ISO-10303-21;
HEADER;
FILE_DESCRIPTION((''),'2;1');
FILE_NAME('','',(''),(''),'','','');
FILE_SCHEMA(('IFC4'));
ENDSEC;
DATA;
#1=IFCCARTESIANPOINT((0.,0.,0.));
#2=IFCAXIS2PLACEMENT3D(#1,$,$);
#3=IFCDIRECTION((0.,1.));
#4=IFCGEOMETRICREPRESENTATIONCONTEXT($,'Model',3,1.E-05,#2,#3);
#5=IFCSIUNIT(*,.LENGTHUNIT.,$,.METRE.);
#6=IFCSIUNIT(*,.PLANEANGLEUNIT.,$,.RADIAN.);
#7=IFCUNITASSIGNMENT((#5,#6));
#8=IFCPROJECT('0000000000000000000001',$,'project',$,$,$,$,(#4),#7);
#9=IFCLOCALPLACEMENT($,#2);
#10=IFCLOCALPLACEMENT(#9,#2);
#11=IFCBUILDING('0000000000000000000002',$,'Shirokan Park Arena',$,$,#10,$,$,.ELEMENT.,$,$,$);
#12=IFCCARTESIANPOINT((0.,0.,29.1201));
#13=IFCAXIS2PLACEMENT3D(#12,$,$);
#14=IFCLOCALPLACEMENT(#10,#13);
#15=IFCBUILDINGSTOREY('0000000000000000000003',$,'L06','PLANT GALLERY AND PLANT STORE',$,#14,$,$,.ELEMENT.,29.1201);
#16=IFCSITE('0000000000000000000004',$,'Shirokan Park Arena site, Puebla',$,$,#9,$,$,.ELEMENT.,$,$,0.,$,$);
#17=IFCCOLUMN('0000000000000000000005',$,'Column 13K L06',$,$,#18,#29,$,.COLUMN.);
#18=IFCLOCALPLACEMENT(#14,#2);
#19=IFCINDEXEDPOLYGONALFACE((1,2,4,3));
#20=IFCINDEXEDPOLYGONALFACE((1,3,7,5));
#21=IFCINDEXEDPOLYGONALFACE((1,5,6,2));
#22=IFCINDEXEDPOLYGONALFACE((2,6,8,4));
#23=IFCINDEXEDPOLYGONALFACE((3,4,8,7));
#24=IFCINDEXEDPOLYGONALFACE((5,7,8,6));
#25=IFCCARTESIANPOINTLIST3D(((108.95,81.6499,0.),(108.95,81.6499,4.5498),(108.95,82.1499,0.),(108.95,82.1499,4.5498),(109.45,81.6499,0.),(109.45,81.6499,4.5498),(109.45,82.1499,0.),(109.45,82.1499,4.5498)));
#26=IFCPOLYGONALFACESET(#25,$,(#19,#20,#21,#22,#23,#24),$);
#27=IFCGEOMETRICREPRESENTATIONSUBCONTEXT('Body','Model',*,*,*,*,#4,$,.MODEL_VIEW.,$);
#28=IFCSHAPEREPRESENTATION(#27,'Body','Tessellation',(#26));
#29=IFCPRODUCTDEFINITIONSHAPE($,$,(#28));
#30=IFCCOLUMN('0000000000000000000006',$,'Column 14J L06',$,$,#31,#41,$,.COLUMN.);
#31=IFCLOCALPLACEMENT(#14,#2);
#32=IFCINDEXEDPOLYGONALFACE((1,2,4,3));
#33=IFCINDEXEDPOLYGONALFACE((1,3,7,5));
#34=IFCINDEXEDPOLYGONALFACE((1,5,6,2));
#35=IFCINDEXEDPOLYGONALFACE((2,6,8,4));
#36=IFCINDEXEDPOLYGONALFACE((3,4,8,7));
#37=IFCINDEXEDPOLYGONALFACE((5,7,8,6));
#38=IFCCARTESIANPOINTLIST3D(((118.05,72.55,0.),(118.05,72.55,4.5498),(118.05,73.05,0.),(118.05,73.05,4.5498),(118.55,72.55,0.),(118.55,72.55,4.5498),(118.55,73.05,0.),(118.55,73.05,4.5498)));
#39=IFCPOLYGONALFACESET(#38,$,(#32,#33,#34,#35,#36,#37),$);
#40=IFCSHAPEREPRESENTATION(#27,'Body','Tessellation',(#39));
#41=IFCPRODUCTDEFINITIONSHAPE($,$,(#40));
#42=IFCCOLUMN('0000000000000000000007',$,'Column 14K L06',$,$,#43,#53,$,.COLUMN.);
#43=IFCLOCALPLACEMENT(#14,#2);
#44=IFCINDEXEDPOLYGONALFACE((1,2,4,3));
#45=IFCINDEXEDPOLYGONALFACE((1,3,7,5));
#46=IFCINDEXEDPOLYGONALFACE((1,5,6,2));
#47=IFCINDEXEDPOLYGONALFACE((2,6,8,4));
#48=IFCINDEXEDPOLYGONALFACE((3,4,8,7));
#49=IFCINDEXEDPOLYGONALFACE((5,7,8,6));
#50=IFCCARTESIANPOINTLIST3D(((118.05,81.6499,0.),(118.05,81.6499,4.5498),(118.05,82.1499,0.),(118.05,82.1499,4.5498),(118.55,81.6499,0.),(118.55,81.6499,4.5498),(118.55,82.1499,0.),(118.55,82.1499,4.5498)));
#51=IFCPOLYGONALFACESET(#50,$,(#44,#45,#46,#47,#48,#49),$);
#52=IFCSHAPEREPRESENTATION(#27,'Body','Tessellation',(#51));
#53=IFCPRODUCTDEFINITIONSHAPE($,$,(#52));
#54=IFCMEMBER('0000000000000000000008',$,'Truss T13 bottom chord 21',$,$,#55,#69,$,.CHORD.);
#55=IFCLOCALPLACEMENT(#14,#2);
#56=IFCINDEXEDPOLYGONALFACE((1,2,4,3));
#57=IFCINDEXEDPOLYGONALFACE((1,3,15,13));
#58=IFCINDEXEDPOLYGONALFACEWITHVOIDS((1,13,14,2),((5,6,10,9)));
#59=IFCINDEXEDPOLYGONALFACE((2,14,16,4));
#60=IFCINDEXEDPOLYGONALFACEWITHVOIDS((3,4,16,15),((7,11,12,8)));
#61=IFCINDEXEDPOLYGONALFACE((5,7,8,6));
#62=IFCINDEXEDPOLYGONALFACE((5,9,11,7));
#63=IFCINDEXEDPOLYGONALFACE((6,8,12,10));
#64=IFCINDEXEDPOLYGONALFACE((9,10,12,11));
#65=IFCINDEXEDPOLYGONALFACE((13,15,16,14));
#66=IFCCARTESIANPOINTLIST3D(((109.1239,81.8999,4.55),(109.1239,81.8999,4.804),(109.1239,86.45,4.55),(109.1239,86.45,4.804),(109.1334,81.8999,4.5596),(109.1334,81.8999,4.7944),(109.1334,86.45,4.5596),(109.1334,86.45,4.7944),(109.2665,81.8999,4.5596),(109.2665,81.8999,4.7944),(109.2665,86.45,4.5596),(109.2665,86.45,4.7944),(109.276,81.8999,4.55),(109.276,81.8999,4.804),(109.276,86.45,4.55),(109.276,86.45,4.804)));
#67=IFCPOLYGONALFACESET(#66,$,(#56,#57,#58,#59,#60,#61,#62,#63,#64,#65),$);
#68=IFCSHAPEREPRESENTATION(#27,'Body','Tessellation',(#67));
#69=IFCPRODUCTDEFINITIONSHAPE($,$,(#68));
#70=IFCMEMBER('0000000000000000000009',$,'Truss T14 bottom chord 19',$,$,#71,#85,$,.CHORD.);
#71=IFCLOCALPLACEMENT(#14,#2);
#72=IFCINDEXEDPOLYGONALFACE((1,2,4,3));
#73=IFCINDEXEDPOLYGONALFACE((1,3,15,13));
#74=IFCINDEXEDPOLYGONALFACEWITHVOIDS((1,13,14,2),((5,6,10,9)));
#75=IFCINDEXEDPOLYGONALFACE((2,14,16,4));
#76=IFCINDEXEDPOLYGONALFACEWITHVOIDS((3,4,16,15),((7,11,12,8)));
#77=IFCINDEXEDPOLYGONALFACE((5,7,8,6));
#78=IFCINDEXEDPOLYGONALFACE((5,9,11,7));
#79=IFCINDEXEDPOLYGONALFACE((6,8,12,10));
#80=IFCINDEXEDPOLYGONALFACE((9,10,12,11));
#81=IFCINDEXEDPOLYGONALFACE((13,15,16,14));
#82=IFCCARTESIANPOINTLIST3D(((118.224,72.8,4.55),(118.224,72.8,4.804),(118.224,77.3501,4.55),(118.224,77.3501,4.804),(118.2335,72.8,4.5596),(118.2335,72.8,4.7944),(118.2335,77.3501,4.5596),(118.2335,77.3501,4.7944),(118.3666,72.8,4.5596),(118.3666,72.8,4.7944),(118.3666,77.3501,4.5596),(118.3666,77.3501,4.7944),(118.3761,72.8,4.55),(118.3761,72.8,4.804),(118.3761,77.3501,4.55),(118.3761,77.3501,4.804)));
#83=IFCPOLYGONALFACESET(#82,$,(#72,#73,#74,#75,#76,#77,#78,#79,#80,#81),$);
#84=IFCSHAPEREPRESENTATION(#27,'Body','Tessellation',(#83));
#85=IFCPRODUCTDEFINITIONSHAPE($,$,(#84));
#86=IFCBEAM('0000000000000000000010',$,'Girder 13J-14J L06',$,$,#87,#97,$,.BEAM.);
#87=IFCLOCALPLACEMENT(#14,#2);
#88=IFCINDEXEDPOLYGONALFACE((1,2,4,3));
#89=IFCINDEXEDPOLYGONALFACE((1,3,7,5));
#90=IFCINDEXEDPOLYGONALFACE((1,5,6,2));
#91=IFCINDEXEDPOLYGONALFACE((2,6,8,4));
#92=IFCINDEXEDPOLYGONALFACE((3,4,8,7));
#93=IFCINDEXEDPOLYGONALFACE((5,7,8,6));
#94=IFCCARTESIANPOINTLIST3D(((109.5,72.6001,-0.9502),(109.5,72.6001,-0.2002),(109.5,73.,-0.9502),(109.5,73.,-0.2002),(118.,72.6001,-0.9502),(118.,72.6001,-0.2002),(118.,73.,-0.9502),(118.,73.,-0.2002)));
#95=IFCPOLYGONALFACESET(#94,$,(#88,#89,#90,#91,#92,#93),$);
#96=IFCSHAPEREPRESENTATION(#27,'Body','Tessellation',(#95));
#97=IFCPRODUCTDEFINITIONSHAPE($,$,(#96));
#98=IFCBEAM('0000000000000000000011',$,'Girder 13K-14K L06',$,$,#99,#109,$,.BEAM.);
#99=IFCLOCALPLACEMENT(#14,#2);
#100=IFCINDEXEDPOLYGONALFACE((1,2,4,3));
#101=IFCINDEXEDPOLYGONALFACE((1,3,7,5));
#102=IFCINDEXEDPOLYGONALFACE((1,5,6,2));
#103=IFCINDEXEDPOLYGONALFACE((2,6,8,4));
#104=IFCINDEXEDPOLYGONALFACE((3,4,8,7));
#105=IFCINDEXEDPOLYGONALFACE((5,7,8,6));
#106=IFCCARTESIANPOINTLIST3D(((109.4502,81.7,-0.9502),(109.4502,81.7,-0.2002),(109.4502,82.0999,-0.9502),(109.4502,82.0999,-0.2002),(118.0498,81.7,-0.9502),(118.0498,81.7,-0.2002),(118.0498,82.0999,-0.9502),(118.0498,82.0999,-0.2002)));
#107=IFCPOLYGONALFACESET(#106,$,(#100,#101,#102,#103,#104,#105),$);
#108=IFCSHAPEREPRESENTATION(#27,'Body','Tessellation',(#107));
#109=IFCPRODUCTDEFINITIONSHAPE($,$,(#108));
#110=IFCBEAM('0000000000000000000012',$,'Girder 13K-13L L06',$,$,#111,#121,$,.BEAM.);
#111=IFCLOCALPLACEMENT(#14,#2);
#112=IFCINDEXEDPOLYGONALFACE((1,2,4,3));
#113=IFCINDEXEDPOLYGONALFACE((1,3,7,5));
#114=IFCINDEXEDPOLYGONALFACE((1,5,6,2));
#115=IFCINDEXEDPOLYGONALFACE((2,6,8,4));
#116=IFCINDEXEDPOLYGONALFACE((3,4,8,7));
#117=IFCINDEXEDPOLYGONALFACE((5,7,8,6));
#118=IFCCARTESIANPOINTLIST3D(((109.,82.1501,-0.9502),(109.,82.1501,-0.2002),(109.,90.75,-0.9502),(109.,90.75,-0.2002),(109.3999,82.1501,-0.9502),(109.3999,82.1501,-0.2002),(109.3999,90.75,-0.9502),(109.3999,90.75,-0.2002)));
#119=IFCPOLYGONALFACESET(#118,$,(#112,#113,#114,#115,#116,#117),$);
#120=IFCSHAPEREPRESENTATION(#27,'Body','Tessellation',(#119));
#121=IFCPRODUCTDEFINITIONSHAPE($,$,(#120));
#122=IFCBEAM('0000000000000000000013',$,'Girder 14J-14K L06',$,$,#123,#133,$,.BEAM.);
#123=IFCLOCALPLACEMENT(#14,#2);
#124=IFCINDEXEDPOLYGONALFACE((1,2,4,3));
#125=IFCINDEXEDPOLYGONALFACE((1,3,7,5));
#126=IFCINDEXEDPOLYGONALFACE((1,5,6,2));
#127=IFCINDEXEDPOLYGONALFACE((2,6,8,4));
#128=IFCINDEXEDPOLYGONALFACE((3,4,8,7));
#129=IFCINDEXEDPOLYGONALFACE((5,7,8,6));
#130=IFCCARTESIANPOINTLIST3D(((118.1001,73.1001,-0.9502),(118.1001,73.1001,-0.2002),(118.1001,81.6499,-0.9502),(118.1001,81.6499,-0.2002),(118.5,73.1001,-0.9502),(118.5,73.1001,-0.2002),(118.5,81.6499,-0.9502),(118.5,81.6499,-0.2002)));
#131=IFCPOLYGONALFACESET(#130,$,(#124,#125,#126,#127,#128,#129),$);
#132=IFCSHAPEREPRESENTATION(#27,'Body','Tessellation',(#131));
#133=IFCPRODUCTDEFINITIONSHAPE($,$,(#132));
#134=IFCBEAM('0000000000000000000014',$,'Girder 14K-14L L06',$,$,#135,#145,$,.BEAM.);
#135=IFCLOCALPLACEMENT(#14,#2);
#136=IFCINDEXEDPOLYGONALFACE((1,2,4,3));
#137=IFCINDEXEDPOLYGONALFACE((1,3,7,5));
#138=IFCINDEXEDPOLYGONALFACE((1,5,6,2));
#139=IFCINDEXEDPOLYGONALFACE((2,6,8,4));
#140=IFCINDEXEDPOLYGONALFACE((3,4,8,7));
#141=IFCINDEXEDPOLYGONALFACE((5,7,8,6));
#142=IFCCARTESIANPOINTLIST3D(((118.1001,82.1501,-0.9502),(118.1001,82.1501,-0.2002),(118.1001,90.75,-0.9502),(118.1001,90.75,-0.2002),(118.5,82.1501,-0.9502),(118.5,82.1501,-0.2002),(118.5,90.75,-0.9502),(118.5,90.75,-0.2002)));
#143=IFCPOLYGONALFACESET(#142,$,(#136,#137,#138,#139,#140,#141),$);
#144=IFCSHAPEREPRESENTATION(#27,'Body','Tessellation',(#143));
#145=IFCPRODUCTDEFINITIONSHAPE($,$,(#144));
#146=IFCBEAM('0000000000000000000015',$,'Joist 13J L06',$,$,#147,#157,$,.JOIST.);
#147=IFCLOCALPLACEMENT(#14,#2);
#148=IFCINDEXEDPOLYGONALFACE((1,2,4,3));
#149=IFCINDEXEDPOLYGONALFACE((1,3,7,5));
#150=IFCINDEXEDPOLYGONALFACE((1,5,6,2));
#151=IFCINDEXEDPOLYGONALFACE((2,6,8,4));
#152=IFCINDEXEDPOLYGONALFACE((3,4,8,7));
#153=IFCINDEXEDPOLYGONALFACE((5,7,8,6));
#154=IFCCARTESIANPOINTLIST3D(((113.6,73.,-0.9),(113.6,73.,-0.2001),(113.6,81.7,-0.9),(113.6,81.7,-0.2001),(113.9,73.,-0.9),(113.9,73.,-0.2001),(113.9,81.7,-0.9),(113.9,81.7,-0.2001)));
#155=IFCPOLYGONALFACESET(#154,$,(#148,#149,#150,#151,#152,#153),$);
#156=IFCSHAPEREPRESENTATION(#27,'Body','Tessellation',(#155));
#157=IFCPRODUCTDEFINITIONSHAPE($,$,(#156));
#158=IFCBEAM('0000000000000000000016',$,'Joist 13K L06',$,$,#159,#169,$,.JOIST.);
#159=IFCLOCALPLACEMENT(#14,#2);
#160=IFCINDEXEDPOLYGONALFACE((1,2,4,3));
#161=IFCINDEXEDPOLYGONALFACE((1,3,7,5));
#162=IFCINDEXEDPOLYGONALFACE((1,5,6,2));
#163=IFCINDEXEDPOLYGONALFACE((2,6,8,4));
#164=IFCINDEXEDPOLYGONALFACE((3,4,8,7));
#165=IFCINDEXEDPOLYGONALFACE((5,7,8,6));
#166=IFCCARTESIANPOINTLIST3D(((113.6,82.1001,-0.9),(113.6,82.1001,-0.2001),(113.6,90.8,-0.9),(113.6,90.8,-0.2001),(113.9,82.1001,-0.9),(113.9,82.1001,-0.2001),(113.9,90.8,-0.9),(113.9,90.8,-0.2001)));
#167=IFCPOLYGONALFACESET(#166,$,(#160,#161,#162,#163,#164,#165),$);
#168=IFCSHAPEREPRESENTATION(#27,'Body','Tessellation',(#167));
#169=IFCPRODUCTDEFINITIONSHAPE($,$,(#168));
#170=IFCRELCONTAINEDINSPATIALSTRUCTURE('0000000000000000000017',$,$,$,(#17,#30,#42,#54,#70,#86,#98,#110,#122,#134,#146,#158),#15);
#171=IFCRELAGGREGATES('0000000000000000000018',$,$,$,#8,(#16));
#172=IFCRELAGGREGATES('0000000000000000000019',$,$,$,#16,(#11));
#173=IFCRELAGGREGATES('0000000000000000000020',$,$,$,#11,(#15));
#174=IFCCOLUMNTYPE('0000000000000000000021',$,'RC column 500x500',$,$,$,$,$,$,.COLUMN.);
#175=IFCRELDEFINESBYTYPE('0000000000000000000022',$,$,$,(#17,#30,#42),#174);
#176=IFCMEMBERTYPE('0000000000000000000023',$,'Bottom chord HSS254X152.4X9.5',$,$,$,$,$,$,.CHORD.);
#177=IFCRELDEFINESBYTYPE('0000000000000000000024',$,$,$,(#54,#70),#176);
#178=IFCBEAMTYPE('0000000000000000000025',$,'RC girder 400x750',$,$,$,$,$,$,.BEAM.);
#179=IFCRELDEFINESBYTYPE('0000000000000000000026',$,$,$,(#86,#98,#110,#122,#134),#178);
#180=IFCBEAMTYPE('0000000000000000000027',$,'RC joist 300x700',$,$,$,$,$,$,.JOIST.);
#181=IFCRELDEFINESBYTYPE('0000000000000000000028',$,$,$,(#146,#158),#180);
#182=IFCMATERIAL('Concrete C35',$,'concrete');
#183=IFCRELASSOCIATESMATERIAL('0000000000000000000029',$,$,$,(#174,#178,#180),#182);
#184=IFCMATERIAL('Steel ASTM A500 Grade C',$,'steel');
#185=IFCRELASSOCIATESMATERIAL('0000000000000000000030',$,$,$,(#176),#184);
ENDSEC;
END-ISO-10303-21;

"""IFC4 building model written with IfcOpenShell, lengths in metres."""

from ifc_helpers import new_model, si_unit, direction, frame, origin, origin_2d, place, context, subcontext, project, spatial, rectangle, hollow_rectangle, extrude, material, material_profile, profile_set, type_object, element, save


model = new_model("IFC4")

# Units and contexts
model_context = context("Model", 3, precision=1e-05, world=origin(), true_north=direction((0.0, 1.0)))
body_context = subcontext(model_context, "Body", "Model", "MODEL_VIEW")
ifc_project = project(units=[si_unit("LENGTHUNIT", "METRE"), si_unit("PLANEANGLEUNIT", "RADIAN")], contexts=[model_context])

# Site, building, storey
site_placement = place(None, origin())
site = spatial("IfcSite", under=ifc_project, at=site_placement, Name="Shirokan Park Arena site, Puebla", CompositionType="ELEMENT", RefElevation=0.0)
building_placement = place(site_placement, origin())
building = spatial("IfcBuilding", under=site, at=building_placement, Name="Shirokan Park Arena", CompositionType="ELEMENT")
storey_placement = place(building_placement, frame((0.0, 0.0, 29.1201)))
storey = spatial("IfcBuildingStorey", under=building, at=storey_placement, Name="L06", Description="PLANT GALLERY AND PLANT STORE", CompositionType="ELEMENT", Elevation=29.1201)

# Columns
ifc_material_1 = material(Name="Concrete C35", Category="concrete")
ifc_material_profile_1 = material_profile(ifc_material_1, rectangle(XDim=0.5, YDim=0.5, at=origin_2d()), Name="500x500")
ifc_profile_set_1 = profile_set([ifc_material_profile_1], Name="Concrete C35")
column_type = type_object("IfcColumnType", Name="RC column 500x500", PredefinedType="COLUMN", material=ifc_profile_set_1)
for number, where, z_axis, x_axis, name in (
    (1, (109.2, 81.8999, 0.0), (0.0, 0.0, 1.0), (1.0, 0.0, 0.0), "Column 13K L06"),
    (2, (118.3, 72.8, 0.0), (0.0, 0.0, 1.0), (1.0, 0.0, 0.0), "Column 14J L06"),
    (3, (118.3, 81.8999, 0.0), (0.0, 0.0, 1.0), (1.0, 0.0, 0.0), "Column 14K L06"),
):
    element("IfcColumn", number, at=place(storey_placement, frame(where, z_axis=z_axis, x_axis=x_axis)), inside=storey, type_object=column_type, Name=name, PredefinedType="COLUMN", context=body_context, shape_type="SweptSolid", body=[
        extrude(rectangle(XDim=0.5, YDim=0.5, at=origin_2d()), origin(), (0.0, 0.0, 1.0), 4.5498),
    ])

# Members
ifc_material_2 = material(Name="Steel ASTM A500 Grade C", Category="steel")
ifc_material_profile_2 = material_profile(ifc_material_2, hollow_rectangle(XDim=0.1521, YDim=0.2539, WallThickness=0.0095, at=origin_2d()), Name="HSS254X152.4X9.5")
ifc_profile_set_2 = profile_set([ifc_material_profile_2], Name="Steel ASTM A500 Grade C")
member_type_1 = type_object("IfcMemberType", Name="Bottom chord HSS254X152.4X9.5", PredefinedType="CHORD", material=ifc_profile_set_2)
for number, where, z_axis, x_axis, name in (
    (4, (109.2, 81.8999, 4.677), (0.0, 1.0, 0.0), (-1.0, 0.0, 0.0), "Truss T13 bottom chord 21"),
    (5, (118.3, 72.8, 4.677), (0.0, 1.0, 0.0), (-1.0, 0.0, 0.0), "Truss T14 bottom chord 19"),
):
    element("IfcMember", number, at=place(storey_placement, frame(where, z_axis=z_axis, x_axis=x_axis)), inside=storey, type_object=member_type_1, Name=name, PredefinedType="CHORD", context=body_context, shape_type="SweptSolid", body=[
        extrude(hollow_rectangle(XDim=0.1521, YDim=0.2539, WallThickness=0.0095, at=origin_2d()), origin(), (0.0, 0.0, 1.0), 4.55),
    ])

# Beams
ifc_material_profile_3 = material_profile(ifc_material_1, rectangle(XDim=0.3999, YDim=0.75, at=origin_2d()), Name="400x750")
ifc_profile_set_3 = profile_set([ifc_material_profile_3], Name="Concrete C35")
beam_type_1 = type_object("IfcBeamType", Name="RC girder 400x750", PredefinedType="BEAM", material=ifc_profile_set_3)
beam_1_placement = place(storey_placement, frame((109.5, 72.8, -0.5752), z_axis=(1.0, 0.0, 0.0), x_axis=(0.0, 1.0, 0.0)))
element("IfcBeam", 6, at=beam_1_placement, inside=storey, type_object=beam_type_1, Name="Girder 13J-14J L06", PredefinedType="BEAM", context=body_context, shape_type="SweptSolid", body=[
    extrude(rectangle(XDim=0.3999, YDim=0.75, at=origin_2d()), origin(), (0.0, 0.0, 1.0), 8.5),
])
beam_2_placement = place(storey_placement, frame((109.4502, 81.8999, -0.5752), z_axis=(1.0, 0.0, 0.0), x_axis=(0.0, 1.0, 0.0)))
element("IfcBeam", 7, at=beam_2_placement, inside=storey, type_object=beam_type_1, Name="Girder 13K-14K L06", PredefinedType="BEAM", context=body_context, shape_type="SweptSolid", body=[
    extrude(rectangle(XDim=0.3999, YDim=0.75, at=origin_2d()), origin(), (0.0, 0.0, 1.0), 8.5996),
])
beam_3_placement = place(storey_placement, frame((109.2, 82.1501, -0.5752), z_axis=(0.0, 1.0, 0.0), x_axis=(-1.0, 0.0, 0.0)))
element("IfcBeam", 8, at=beam_3_placement, inside=storey, type_object=beam_type_1, Name="Girder 13K-13L L06", PredefinedType="BEAM", context=body_context, shape_type="SweptSolid", body=[
    extrude(rectangle(XDim=0.3999, YDim=0.75, at=origin_2d()), origin(), (0.0, 0.0, 1.0), 8.5999),
])
beam_4_placement = place(storey_placement, frame((118.3, 73.1001, -0.5752), z_axis=(0.0, 1.0, 0.0), x_axis=(-1.0, 0.0, 0.0)))
element("IfcBeam", 9, at=beam_4_placement, inside=storey, type_object=beam_type_1, Name="Girder 14J-14K L06", PredefinedType="BEAM", context=body_context, shape_type="SweptSolid", body=[
    extrude(rectangle(XDim=0.3999, YDim=0.75, at=origin_2d()), origin(), (0.0, 0.0, 1.0), 8.5498),
])
beam_5_placement = place(storey_placement, frame((118.3, 82.1501, -0.5752), z_axis=(0.0, 1.0, 0.0), x_axis=(-1.0, 0.0, 0.0)))
element("IfcBeam", 10, at=beam_5_placement, inside=storey, type_object=beam_type_1, Name="Girder 14K-14L L06", PredefinedType="BEAM", context=body_context, shape_type="SweptSolid", body=[
    extrude(rectangle(XDim=0.3999, YDim=0.75, at=origin_2d()), origin(), (0.0, 0.0, 1.0), 8.5999),
])
ifc_material_profile_4 = material_profile(ifc_material_1, rectangle(XDim=0.3, YDim=0.7, at=origin_2d()), Name="300x700")
ifc_profile_set_4 = profile_set([ifc_material_profile_4], Name="Concrete C35")
beam_type_2 = type_object("IfcBeamType", Name="RC joist 300x700", PredefinedType="JOIST", material=ifc_profile_set_4)
for number, where, z_axis, x_axis, name in (
    (11, (113.75, 73.0, -0.55), (0.0, 1.0, 0.0), (-1.0, 0.0, 0.0), "Joist 13J L06"),
    (12, (113.75, 82.1001, -0.55), (0.0, 1.0, 0.0), (-1.0, 0.0, 0.0), "Joist 13K L06"),
):
    element("IfcBeam", number, at=place(storey_placement, frame(where, z_axis=z_axis, x_axis=x_axis)), inside=storey, type_object=beam_type_2, Name=name, PredefinedType="JOIST", context=body_context, shape_type="SweptSolid", body=[
        extrude(rectangle(XDim=0.3, YDim=0.7, at=origin_2d()), origin(), (0.0, 0.0, 1.0), 8.7),
    ])

save(model, "model.ifc")
